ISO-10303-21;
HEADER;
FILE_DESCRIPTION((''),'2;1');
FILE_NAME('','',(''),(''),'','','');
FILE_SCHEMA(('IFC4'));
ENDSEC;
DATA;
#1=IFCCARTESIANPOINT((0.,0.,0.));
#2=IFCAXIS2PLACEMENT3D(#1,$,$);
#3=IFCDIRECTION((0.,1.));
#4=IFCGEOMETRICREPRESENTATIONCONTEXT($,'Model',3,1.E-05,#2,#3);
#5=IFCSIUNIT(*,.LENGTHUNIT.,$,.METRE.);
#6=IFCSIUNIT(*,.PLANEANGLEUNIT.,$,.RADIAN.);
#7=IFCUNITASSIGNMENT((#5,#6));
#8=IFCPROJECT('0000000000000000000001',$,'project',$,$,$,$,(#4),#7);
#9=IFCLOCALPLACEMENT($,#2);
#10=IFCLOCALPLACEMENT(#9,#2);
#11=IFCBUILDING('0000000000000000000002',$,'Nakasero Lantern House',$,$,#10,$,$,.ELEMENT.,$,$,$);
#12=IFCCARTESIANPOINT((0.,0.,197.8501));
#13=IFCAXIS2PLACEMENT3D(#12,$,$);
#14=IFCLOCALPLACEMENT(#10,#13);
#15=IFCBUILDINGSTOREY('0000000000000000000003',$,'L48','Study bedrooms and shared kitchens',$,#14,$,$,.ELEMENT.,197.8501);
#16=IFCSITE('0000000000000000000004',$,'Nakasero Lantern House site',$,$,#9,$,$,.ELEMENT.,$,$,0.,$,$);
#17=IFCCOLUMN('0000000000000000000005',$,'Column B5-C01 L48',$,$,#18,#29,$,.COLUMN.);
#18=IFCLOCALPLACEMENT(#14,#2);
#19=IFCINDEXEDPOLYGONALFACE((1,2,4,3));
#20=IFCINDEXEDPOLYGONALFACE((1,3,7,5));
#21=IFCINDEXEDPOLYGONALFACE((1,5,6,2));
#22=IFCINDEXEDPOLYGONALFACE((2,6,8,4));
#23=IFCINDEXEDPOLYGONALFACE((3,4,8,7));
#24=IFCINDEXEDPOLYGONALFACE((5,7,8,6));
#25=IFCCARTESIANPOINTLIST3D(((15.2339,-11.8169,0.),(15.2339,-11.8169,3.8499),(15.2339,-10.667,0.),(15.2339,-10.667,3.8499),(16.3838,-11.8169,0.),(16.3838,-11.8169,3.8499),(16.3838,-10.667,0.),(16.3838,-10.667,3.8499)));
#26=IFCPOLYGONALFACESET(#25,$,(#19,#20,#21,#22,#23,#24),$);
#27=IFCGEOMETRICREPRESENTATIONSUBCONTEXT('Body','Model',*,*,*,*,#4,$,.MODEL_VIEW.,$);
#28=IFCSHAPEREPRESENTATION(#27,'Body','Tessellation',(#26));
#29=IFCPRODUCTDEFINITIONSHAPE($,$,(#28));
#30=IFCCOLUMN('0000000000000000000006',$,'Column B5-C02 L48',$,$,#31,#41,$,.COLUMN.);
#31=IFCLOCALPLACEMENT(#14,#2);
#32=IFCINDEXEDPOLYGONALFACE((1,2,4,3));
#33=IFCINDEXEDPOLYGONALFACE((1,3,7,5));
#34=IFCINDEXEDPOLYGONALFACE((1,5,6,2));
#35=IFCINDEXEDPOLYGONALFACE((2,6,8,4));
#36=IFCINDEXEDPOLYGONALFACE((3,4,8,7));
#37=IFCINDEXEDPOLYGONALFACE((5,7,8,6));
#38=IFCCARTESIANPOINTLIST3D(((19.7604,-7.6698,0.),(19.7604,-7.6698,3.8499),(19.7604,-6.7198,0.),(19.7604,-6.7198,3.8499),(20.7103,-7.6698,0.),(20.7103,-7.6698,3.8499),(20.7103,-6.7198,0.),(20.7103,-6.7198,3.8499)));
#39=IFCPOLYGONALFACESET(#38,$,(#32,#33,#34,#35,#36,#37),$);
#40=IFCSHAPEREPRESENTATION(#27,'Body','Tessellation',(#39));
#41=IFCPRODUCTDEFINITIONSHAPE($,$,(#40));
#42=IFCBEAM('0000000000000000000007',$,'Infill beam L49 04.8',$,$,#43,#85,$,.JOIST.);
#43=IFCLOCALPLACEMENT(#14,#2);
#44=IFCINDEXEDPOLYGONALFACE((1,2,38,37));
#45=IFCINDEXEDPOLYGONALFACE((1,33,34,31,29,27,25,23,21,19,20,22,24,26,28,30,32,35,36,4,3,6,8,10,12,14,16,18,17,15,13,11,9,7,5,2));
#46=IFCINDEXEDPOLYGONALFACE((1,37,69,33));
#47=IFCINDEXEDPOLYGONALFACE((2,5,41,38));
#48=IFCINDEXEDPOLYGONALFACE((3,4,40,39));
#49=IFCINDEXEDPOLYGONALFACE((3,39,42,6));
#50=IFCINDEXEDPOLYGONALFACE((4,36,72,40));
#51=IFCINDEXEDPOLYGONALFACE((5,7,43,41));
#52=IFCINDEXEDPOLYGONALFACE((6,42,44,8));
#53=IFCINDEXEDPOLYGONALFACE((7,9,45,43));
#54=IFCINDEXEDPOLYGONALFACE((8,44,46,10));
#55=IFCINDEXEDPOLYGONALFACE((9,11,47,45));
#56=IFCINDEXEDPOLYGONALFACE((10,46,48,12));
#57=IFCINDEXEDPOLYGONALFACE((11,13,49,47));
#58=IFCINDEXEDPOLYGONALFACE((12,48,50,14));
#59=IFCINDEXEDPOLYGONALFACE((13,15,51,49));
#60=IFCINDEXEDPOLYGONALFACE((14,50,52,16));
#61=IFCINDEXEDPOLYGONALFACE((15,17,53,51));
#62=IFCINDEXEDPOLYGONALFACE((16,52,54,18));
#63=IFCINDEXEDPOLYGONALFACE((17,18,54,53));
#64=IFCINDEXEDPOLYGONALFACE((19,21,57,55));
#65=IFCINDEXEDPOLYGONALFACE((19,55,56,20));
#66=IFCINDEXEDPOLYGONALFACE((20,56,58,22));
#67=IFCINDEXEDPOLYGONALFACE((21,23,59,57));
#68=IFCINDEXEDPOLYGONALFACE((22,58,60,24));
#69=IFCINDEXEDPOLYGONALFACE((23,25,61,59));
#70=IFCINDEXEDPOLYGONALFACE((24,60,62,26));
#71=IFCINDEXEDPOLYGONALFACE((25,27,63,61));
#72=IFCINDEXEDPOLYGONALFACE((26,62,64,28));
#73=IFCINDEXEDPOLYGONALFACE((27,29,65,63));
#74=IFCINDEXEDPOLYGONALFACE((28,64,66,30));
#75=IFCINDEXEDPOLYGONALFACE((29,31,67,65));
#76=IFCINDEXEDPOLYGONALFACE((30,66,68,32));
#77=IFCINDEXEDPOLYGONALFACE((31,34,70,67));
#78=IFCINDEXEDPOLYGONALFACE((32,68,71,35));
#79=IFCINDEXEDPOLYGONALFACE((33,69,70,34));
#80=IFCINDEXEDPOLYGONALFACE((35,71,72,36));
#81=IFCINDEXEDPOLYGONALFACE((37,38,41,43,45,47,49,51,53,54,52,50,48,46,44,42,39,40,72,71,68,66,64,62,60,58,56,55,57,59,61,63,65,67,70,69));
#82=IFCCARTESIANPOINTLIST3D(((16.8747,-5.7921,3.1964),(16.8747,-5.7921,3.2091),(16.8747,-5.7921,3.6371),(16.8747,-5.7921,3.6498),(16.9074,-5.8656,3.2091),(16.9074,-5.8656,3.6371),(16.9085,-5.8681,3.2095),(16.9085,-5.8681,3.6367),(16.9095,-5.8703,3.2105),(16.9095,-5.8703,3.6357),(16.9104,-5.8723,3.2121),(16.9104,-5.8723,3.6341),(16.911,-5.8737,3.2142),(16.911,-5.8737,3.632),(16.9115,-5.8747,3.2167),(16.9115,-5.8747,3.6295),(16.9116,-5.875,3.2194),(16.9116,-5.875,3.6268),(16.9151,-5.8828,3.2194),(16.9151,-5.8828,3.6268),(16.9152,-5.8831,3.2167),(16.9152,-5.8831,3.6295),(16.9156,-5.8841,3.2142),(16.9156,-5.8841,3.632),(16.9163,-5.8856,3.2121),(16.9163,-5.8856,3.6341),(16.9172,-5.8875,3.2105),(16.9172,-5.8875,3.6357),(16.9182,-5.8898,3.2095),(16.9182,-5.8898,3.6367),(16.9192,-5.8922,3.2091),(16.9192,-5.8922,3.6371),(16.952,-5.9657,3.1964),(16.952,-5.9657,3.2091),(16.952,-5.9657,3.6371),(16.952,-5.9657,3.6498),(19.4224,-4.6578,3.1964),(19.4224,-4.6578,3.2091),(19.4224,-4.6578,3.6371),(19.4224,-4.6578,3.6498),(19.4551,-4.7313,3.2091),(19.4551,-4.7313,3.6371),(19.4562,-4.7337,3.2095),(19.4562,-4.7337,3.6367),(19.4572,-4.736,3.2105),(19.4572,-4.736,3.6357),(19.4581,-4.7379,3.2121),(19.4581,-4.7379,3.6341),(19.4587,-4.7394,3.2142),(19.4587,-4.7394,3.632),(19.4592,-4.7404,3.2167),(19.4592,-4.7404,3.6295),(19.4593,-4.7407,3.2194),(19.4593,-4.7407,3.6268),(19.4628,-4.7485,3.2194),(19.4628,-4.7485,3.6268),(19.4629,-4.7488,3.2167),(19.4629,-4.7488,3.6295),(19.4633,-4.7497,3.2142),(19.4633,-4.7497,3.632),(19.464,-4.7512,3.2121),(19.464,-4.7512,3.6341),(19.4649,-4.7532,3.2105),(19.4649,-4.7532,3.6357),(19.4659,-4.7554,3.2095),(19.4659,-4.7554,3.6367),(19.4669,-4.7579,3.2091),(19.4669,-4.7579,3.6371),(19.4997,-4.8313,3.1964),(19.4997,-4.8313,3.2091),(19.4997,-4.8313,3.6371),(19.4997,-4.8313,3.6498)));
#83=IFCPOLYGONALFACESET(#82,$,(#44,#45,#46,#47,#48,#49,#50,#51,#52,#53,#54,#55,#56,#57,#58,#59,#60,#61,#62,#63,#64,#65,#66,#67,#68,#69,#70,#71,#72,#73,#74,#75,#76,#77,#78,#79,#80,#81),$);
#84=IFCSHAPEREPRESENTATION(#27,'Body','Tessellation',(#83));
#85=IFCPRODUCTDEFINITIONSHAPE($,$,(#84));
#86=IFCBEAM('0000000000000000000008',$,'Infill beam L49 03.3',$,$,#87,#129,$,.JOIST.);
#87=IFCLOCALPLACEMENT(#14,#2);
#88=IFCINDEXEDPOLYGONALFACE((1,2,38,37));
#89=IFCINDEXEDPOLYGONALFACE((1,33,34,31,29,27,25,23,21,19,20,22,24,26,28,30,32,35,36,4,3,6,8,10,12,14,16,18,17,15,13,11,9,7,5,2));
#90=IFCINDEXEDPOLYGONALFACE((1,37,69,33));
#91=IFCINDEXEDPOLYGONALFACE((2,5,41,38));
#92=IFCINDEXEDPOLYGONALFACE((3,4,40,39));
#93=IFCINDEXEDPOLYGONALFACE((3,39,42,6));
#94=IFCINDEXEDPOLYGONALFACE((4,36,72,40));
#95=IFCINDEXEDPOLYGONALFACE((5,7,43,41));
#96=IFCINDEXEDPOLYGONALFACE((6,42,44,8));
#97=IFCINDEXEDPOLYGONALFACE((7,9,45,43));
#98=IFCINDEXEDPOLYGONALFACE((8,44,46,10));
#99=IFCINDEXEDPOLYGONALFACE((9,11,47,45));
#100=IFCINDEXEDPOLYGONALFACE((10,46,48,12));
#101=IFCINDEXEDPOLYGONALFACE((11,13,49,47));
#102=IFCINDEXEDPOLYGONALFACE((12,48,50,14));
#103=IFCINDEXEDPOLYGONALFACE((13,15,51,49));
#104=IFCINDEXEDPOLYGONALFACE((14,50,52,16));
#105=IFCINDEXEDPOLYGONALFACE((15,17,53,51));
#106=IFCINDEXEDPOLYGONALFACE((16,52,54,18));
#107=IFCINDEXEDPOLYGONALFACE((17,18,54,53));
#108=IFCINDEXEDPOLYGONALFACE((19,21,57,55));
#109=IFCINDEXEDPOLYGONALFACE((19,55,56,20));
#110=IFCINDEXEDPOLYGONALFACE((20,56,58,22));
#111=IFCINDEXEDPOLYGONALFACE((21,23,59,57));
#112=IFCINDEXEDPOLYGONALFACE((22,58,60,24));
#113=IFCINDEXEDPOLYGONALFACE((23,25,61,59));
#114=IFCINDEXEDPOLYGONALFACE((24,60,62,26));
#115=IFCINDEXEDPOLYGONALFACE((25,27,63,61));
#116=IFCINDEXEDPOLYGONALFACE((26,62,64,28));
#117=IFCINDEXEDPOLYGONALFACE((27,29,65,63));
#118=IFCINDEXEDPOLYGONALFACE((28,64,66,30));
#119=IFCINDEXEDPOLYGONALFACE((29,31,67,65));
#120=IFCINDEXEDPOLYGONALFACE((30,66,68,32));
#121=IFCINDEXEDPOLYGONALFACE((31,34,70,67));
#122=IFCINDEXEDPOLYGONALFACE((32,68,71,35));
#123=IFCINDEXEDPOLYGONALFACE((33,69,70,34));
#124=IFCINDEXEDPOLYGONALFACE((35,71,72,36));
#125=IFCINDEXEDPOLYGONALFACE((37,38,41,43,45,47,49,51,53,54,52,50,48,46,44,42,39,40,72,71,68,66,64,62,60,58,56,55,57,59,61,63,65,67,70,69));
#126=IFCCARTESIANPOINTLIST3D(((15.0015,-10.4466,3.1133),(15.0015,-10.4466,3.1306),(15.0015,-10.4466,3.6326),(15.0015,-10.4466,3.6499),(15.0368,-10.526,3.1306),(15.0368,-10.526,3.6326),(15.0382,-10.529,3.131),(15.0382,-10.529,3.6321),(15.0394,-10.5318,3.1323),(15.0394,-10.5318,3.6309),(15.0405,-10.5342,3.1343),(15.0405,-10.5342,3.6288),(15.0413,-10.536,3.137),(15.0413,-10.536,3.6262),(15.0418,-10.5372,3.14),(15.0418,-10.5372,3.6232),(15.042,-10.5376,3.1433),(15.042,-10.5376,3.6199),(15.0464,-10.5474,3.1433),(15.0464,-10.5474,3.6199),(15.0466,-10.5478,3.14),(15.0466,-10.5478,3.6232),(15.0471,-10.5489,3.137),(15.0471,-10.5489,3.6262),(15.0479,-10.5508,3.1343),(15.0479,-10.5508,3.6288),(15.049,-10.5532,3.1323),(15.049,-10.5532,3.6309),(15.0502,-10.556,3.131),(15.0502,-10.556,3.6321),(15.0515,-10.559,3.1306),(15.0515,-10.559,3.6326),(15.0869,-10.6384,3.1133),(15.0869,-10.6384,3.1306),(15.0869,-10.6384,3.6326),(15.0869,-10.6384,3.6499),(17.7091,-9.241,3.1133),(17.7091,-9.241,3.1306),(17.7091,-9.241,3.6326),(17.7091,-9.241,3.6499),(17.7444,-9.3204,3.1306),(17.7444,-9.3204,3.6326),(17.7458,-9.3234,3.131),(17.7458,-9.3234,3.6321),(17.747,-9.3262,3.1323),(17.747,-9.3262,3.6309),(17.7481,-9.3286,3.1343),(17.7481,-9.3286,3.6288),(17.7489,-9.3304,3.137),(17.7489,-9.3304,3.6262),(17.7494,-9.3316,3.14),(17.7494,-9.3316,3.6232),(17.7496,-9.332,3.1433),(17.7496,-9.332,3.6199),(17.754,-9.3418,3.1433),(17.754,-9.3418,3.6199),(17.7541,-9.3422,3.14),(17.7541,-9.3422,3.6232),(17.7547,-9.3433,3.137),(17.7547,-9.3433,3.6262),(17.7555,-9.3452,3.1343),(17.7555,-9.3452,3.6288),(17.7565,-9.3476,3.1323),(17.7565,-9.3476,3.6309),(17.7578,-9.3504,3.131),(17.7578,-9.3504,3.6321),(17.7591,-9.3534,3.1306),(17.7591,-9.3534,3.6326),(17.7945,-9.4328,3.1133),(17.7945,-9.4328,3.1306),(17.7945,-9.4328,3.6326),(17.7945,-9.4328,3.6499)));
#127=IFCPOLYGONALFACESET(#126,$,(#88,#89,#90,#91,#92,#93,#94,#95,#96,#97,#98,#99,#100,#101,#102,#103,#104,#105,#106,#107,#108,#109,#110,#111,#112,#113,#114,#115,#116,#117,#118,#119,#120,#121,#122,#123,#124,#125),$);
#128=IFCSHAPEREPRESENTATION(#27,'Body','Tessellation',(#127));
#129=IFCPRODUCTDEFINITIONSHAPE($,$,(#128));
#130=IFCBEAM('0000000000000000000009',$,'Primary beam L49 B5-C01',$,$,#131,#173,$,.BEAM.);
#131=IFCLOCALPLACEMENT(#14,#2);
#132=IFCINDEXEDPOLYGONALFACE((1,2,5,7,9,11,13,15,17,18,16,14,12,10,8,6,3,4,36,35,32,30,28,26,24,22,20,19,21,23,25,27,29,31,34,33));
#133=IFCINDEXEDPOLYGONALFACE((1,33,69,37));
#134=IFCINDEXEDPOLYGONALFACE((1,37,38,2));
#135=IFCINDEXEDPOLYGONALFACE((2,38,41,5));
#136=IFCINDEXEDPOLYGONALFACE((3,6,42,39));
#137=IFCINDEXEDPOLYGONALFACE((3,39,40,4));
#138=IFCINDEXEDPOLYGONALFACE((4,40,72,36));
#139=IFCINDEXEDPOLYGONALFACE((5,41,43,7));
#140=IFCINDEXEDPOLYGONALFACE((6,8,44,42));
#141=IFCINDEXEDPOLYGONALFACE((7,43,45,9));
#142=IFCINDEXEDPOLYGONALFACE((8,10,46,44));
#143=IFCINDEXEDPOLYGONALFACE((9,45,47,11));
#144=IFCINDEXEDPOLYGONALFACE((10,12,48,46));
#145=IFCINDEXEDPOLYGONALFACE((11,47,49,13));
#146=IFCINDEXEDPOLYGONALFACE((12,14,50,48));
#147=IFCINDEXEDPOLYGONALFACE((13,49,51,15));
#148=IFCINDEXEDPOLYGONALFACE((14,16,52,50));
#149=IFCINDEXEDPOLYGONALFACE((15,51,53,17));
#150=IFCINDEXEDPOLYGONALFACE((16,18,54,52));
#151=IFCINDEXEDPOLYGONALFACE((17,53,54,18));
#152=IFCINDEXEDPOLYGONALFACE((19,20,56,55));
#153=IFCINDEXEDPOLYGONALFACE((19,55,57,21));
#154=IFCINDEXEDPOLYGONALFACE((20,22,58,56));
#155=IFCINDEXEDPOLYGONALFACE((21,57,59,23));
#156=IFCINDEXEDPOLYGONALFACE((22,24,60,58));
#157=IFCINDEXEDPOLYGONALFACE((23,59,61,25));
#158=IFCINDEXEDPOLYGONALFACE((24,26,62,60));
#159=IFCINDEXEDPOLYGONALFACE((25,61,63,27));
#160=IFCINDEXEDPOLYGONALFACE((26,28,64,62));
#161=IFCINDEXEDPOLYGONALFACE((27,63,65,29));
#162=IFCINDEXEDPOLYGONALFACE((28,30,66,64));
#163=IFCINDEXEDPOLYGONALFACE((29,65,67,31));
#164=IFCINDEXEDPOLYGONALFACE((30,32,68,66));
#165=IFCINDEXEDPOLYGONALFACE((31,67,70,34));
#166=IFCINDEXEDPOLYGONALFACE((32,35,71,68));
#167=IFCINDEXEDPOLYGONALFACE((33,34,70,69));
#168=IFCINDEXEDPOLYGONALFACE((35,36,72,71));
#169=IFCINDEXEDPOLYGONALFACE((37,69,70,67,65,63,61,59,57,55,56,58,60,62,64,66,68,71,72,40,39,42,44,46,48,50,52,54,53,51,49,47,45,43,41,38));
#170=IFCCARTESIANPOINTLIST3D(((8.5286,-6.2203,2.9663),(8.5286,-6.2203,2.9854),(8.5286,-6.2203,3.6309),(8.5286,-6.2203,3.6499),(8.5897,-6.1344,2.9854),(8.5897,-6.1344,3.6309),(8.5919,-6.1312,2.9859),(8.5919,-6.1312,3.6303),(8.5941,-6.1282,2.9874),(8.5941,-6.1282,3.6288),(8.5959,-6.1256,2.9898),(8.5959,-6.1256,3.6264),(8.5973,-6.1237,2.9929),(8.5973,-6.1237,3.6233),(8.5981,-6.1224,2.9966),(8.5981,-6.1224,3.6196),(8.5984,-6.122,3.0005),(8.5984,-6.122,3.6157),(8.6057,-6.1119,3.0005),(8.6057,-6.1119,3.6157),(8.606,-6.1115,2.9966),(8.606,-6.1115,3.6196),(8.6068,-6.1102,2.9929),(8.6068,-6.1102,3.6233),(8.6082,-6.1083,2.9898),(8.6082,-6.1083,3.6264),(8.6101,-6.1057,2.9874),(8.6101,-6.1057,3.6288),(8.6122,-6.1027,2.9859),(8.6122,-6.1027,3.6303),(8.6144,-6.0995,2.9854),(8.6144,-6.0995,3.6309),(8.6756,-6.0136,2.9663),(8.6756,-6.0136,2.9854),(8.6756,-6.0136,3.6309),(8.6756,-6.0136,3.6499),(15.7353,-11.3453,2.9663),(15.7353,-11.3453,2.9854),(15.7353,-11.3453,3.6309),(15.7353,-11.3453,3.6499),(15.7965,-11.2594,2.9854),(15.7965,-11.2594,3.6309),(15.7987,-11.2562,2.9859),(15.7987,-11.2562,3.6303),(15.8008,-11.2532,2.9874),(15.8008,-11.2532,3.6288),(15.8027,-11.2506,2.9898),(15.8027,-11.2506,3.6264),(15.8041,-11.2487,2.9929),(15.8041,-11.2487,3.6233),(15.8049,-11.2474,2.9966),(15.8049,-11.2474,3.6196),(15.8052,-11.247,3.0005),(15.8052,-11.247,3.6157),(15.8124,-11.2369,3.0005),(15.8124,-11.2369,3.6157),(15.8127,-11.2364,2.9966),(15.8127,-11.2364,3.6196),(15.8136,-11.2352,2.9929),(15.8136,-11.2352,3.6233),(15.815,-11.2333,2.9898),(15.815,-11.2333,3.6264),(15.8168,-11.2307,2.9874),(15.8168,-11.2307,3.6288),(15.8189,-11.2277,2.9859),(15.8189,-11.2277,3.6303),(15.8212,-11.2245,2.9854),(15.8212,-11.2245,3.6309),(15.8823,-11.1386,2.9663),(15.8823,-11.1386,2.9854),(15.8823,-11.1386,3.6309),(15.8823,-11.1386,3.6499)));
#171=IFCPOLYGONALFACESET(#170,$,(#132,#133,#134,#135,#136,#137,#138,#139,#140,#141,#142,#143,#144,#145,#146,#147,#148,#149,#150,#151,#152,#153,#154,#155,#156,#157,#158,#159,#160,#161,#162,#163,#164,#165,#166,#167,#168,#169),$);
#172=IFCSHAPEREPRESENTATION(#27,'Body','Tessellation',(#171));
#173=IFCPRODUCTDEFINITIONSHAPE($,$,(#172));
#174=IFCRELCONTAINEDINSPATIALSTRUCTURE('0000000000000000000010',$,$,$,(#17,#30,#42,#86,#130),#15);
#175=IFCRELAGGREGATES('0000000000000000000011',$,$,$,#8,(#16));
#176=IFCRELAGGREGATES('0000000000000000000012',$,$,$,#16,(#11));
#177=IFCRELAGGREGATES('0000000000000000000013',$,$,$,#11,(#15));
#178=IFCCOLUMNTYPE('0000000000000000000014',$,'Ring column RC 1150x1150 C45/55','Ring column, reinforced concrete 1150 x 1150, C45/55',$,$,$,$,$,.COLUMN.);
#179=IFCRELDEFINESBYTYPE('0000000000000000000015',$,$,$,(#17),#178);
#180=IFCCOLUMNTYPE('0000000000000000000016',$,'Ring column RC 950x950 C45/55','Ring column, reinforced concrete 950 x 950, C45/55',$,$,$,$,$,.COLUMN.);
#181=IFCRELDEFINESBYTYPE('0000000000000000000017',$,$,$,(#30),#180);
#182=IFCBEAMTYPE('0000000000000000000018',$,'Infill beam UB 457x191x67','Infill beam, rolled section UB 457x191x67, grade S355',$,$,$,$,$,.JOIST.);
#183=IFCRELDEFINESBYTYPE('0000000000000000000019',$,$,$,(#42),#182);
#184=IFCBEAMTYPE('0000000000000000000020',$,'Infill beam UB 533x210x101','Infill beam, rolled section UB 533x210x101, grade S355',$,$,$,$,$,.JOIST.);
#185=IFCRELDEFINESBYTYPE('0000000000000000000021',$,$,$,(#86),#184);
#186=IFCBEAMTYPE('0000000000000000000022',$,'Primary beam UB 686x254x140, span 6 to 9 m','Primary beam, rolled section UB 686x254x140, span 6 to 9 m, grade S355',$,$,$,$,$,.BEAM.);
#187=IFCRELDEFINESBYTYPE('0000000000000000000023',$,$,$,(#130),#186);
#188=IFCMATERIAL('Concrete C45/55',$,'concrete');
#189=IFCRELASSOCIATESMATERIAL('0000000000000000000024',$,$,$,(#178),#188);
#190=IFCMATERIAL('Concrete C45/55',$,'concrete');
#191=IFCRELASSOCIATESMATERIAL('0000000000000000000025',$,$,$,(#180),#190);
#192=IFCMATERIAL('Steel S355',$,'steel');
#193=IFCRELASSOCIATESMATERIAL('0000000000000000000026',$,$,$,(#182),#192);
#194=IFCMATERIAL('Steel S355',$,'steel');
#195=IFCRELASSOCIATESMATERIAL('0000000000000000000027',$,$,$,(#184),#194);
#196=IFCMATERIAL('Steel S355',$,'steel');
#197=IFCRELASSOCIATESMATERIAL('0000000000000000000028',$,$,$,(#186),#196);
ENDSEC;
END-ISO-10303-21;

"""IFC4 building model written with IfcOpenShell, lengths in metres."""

from ifc_helpers import new_model, si_unit, direction, frame, origin, origin_2d, place, context, subcontext, project, spatial, rectangle, i_section, extrude, material, material_profile, profile_set, type_object, element, save


model = new_model("IFC4")

# Units and contexts
model_context = context("Model", 3, precision=1e-05, world=origin(), true_north=direction((0.0, 1.0)))
body_context = subcontext(model_context, "Body", "Model", "MODEL_VIEW")
ifc_project = project(units=[si_unit("LENGTHUNIT", "METRE"), si_unit("PLANEANGLEUNIT", "RADIAN")], contexts=[model_context])

# Site, building, storey
site_placement = place(None, origin())
site = spatial("IfcSite", under=ifc_project, at=site_placement, Name="Nakasero Lantern House site", CompositionType="ELEMENT", RefElevation=0.0)
building_placement = place(site_placement, origin())
building = spatial("IfcBuilding", under=site, at=building_placement, Name="Nakasero Lantern House", CompositionType="ELEMENT")
storey_placement = place(building_placement, frame((0.0, 0.0, 197.8501)))
storey = spatial("IfcBuildingStorey", under=building, at=storey_placement, Name="L48", Description="Study bedrooms and shared kitchens", CompositionType="ELEMENT", Elevation=197.8501)

# Columns
ifc_material_1 = material(Name="Concrete C45/55", Category="concrete")
ifc_material_profile_1 = material_profile(ifc_material_1, rectangle(XDim=1.1499, YDim=1.1499, at=origin_2d()), Name="RC 1150x1150")
ifc_profile_set_1 = profile_set([ifc_material_profile_1], Name="Concrete C45/55")
column_type_1 = type_object("IfcColumnType", Name="Ring column RC 1150x1150 C45/55", Description="Ring column, reinforced concrete 1150 x 1150, C45/55", PredefinedType="COLUMN", material=ifc_profile_set_1)
column_1_placement = place(storey_placement, frame((15.8088, -11.2419, 0.0), z_axis=(0.0, 0.0, 1.0), x_axis=(1.0, 0.0, 0.0)))
element("IfcColumn", 1, at=column_1_placement, inside=storey, type_object=column_type_1, Name="Column B5-C01 L48", PredefinedType="COLUMN", context=body_context, shape_type="SweptSolid", body=[
    extrude(rectangle(XDim=1.1499, YDim=1.1499, at=origin_2d()), origin(), (0.0, 0.0, 1.0), 3.8499),
])
ifc_material_2 = material(Name="Concrete C45/55", Category="concrete")
ifc_material_profile_2 = material_profile(ifc_material_2, rectangle(XDim=0.95, YDim=0.95, at=origin_2d()), Name="RC 950x950")
ifc_profile_set_2 = profile_set([ifc_material_profile_2], Name="Concrete C45/55")
column_type_2 = type_object("IfcColumnType", Name="Ring column RC 950x950 C45/55", Description="Ring column, reinforced concrete 950 x 950, C45/55", PredefinedType="COLUMN", material=ifc_profile_set_2)
column_2_placement = place(storey_placement, frame((20.2354, -7.1948, 0.0), z_axis=(0.0, 0.0, 1.0), x_axis=(1.0, 0.0, 0.0)))
element("IfcColumn", 2, at=column_2_placement, inside=storey, type_object=column_type_2, Name="Column B5-C02 L48", PredefinedType="COLUMN", context=body_context, shape_type="SweptSolid", body=[
    extrude(rectangle(XDim=0.95, YDim=0.95, at=origin_2d()), origin(), (0.0, 0.0, 1.0), 3.8499),
])

# Beams
ifc_material_3 = material(Name="Steel S355", Category="steel")
ifc_material_profile_3 = material_profile(ifc_material_3, i_section(OverallWidth=0.1899, OverallDepth=0.4534, WebThickness=0.0085, FlangeThickness=0.0127, FilletRadius=0.0103, at=origin_2d()), Name="UB 457x191x67")
ifc_profile_set_3 = profile_set([ifc_material_profile_3], Name="Steel S355")
beam_type_1 = type_object("IfcBeamType", Name="Infill beam UB 457x191x67", Description="Infill beam, rolled section UB 457x191x67, grade S355", PredefinedType="JOIST", material=ifc_profile_set_3)
beam_1_placement = place(storey_placement, frame((16.9133, -5.8789, 3.4231), z_axis=(0.913544, 0.406739, 0.0), x_axis=(-0.406739, 0.913544, 0.0)))
element("IfcBeam", 3, at=beam_1_placement, inside=storey, type_object=beam_type_1, Name="Infill beam L49 04.8", PredefinedType="JOIST", context=body_context, shape_type="SweptSolid", body=[
    extrude(i_section(OverallWidth=0.1899, OverallDepth=0.4534, WebThickness=0.0085, FlangeThickness=0.0127, FilletRadius=0.0103, at=origin_2d()), origin(), (0.0, 0.0, 1.0), 2.7888),
])
ifc_material_4 = material(Name="Steel S355", Category="steel")
ifc_material_profile_4 = material_profile(ifc_material_4, i_section(OverallWidth=0.21, OverallDepth=0.5366, WebThickness=0.0107, FlangeThickness=0.0173, FilletRadius=0.0127, at=origin_2d()), Name="UB 533x210x101")
ifc_profile_set_4 = profile_set([ifc_material_profile_4], Name="Steel S355")
beam_type_2 = type_object("IfcBeamType", Name="Infill beam UB 533x210x101", Description="Infill beam, rolled section UB 533x210x101, grade S355", PredefinedType="JOIST", material=ifc_profile_set_4)
beam_2_placement = place(storey_placement, frame((15.0442, -10.5425, 3.3816), z_axis=(0.913533, 0.406765, 0.0), x_axis=(-0.406765, 0.913533, 0.0)))
element("IfcBeam", 4, at=beam_2_placement, inside=storey, type_object=beam_type_2, Name="Infill beam L49 03.3", PredefinedType="JOIST", context=body_context, shape_type="SweptSolid", body=[
    extrude(i_section(OverallWidth=0.21, OverallDepth=0.5366, WebThickness=0.0107, FlangeThickness=0.0173, FilletRadius=0.0127, at=origin_2d()), origin(), (0.0, 0.0, 1.0), 2.9639),
])
ifc_material_5 = material(Name="Steel S355", Category="steel")
ifc_material_profile_5 = material_profile(ifc_material_5, i_section(OverallWidth=0.2537, OverallDepth=0.6836, WebThickness=0.0125, FlangeThickness=0.019, FilletRadius=0.0151, at=origin_2d()), Name="UB 686x254x140")
ifc_profile_set_5 = profile_set([ifc_material_profile_5], Name="Steel S355")
beam_type_3 = type_object("IfcBeamType", Name="Primary beam UB 686x254x140, span 6 to 9 m", Description="Primary beam, rolled section UB 686x254x140, span 6 to 9 m, grade S355", PredefinedType="BEAM", material=ifc_profile_set_5)
beam_3_placement = place(storey_placement, frame((15.8088, -11.2419, 3.3081), z_axis=(-0.814946, 0.579537, 0.0), x_axis=(-0.579537, -0.814946, 0.0)))
element("IfcBeam", 5, at=beam_3_placement, inside=storey, type_object=beam_type_3, Name="Primary beam L49 B5-C01", PredefinedType="BEAM", context=body_context, shape_type="SweptSolid", body=[
    extrude(i_section(OverallWidth=0.2537, OverallDepth=0.6836, WebThickness=0.0125, FlangeThickness=0.019, FilletRadius=0.0151, at=origin_2d()), origin(), (0.0, 0.0, 1.0), 8.8433),
])

save(model, "model.ifc")
